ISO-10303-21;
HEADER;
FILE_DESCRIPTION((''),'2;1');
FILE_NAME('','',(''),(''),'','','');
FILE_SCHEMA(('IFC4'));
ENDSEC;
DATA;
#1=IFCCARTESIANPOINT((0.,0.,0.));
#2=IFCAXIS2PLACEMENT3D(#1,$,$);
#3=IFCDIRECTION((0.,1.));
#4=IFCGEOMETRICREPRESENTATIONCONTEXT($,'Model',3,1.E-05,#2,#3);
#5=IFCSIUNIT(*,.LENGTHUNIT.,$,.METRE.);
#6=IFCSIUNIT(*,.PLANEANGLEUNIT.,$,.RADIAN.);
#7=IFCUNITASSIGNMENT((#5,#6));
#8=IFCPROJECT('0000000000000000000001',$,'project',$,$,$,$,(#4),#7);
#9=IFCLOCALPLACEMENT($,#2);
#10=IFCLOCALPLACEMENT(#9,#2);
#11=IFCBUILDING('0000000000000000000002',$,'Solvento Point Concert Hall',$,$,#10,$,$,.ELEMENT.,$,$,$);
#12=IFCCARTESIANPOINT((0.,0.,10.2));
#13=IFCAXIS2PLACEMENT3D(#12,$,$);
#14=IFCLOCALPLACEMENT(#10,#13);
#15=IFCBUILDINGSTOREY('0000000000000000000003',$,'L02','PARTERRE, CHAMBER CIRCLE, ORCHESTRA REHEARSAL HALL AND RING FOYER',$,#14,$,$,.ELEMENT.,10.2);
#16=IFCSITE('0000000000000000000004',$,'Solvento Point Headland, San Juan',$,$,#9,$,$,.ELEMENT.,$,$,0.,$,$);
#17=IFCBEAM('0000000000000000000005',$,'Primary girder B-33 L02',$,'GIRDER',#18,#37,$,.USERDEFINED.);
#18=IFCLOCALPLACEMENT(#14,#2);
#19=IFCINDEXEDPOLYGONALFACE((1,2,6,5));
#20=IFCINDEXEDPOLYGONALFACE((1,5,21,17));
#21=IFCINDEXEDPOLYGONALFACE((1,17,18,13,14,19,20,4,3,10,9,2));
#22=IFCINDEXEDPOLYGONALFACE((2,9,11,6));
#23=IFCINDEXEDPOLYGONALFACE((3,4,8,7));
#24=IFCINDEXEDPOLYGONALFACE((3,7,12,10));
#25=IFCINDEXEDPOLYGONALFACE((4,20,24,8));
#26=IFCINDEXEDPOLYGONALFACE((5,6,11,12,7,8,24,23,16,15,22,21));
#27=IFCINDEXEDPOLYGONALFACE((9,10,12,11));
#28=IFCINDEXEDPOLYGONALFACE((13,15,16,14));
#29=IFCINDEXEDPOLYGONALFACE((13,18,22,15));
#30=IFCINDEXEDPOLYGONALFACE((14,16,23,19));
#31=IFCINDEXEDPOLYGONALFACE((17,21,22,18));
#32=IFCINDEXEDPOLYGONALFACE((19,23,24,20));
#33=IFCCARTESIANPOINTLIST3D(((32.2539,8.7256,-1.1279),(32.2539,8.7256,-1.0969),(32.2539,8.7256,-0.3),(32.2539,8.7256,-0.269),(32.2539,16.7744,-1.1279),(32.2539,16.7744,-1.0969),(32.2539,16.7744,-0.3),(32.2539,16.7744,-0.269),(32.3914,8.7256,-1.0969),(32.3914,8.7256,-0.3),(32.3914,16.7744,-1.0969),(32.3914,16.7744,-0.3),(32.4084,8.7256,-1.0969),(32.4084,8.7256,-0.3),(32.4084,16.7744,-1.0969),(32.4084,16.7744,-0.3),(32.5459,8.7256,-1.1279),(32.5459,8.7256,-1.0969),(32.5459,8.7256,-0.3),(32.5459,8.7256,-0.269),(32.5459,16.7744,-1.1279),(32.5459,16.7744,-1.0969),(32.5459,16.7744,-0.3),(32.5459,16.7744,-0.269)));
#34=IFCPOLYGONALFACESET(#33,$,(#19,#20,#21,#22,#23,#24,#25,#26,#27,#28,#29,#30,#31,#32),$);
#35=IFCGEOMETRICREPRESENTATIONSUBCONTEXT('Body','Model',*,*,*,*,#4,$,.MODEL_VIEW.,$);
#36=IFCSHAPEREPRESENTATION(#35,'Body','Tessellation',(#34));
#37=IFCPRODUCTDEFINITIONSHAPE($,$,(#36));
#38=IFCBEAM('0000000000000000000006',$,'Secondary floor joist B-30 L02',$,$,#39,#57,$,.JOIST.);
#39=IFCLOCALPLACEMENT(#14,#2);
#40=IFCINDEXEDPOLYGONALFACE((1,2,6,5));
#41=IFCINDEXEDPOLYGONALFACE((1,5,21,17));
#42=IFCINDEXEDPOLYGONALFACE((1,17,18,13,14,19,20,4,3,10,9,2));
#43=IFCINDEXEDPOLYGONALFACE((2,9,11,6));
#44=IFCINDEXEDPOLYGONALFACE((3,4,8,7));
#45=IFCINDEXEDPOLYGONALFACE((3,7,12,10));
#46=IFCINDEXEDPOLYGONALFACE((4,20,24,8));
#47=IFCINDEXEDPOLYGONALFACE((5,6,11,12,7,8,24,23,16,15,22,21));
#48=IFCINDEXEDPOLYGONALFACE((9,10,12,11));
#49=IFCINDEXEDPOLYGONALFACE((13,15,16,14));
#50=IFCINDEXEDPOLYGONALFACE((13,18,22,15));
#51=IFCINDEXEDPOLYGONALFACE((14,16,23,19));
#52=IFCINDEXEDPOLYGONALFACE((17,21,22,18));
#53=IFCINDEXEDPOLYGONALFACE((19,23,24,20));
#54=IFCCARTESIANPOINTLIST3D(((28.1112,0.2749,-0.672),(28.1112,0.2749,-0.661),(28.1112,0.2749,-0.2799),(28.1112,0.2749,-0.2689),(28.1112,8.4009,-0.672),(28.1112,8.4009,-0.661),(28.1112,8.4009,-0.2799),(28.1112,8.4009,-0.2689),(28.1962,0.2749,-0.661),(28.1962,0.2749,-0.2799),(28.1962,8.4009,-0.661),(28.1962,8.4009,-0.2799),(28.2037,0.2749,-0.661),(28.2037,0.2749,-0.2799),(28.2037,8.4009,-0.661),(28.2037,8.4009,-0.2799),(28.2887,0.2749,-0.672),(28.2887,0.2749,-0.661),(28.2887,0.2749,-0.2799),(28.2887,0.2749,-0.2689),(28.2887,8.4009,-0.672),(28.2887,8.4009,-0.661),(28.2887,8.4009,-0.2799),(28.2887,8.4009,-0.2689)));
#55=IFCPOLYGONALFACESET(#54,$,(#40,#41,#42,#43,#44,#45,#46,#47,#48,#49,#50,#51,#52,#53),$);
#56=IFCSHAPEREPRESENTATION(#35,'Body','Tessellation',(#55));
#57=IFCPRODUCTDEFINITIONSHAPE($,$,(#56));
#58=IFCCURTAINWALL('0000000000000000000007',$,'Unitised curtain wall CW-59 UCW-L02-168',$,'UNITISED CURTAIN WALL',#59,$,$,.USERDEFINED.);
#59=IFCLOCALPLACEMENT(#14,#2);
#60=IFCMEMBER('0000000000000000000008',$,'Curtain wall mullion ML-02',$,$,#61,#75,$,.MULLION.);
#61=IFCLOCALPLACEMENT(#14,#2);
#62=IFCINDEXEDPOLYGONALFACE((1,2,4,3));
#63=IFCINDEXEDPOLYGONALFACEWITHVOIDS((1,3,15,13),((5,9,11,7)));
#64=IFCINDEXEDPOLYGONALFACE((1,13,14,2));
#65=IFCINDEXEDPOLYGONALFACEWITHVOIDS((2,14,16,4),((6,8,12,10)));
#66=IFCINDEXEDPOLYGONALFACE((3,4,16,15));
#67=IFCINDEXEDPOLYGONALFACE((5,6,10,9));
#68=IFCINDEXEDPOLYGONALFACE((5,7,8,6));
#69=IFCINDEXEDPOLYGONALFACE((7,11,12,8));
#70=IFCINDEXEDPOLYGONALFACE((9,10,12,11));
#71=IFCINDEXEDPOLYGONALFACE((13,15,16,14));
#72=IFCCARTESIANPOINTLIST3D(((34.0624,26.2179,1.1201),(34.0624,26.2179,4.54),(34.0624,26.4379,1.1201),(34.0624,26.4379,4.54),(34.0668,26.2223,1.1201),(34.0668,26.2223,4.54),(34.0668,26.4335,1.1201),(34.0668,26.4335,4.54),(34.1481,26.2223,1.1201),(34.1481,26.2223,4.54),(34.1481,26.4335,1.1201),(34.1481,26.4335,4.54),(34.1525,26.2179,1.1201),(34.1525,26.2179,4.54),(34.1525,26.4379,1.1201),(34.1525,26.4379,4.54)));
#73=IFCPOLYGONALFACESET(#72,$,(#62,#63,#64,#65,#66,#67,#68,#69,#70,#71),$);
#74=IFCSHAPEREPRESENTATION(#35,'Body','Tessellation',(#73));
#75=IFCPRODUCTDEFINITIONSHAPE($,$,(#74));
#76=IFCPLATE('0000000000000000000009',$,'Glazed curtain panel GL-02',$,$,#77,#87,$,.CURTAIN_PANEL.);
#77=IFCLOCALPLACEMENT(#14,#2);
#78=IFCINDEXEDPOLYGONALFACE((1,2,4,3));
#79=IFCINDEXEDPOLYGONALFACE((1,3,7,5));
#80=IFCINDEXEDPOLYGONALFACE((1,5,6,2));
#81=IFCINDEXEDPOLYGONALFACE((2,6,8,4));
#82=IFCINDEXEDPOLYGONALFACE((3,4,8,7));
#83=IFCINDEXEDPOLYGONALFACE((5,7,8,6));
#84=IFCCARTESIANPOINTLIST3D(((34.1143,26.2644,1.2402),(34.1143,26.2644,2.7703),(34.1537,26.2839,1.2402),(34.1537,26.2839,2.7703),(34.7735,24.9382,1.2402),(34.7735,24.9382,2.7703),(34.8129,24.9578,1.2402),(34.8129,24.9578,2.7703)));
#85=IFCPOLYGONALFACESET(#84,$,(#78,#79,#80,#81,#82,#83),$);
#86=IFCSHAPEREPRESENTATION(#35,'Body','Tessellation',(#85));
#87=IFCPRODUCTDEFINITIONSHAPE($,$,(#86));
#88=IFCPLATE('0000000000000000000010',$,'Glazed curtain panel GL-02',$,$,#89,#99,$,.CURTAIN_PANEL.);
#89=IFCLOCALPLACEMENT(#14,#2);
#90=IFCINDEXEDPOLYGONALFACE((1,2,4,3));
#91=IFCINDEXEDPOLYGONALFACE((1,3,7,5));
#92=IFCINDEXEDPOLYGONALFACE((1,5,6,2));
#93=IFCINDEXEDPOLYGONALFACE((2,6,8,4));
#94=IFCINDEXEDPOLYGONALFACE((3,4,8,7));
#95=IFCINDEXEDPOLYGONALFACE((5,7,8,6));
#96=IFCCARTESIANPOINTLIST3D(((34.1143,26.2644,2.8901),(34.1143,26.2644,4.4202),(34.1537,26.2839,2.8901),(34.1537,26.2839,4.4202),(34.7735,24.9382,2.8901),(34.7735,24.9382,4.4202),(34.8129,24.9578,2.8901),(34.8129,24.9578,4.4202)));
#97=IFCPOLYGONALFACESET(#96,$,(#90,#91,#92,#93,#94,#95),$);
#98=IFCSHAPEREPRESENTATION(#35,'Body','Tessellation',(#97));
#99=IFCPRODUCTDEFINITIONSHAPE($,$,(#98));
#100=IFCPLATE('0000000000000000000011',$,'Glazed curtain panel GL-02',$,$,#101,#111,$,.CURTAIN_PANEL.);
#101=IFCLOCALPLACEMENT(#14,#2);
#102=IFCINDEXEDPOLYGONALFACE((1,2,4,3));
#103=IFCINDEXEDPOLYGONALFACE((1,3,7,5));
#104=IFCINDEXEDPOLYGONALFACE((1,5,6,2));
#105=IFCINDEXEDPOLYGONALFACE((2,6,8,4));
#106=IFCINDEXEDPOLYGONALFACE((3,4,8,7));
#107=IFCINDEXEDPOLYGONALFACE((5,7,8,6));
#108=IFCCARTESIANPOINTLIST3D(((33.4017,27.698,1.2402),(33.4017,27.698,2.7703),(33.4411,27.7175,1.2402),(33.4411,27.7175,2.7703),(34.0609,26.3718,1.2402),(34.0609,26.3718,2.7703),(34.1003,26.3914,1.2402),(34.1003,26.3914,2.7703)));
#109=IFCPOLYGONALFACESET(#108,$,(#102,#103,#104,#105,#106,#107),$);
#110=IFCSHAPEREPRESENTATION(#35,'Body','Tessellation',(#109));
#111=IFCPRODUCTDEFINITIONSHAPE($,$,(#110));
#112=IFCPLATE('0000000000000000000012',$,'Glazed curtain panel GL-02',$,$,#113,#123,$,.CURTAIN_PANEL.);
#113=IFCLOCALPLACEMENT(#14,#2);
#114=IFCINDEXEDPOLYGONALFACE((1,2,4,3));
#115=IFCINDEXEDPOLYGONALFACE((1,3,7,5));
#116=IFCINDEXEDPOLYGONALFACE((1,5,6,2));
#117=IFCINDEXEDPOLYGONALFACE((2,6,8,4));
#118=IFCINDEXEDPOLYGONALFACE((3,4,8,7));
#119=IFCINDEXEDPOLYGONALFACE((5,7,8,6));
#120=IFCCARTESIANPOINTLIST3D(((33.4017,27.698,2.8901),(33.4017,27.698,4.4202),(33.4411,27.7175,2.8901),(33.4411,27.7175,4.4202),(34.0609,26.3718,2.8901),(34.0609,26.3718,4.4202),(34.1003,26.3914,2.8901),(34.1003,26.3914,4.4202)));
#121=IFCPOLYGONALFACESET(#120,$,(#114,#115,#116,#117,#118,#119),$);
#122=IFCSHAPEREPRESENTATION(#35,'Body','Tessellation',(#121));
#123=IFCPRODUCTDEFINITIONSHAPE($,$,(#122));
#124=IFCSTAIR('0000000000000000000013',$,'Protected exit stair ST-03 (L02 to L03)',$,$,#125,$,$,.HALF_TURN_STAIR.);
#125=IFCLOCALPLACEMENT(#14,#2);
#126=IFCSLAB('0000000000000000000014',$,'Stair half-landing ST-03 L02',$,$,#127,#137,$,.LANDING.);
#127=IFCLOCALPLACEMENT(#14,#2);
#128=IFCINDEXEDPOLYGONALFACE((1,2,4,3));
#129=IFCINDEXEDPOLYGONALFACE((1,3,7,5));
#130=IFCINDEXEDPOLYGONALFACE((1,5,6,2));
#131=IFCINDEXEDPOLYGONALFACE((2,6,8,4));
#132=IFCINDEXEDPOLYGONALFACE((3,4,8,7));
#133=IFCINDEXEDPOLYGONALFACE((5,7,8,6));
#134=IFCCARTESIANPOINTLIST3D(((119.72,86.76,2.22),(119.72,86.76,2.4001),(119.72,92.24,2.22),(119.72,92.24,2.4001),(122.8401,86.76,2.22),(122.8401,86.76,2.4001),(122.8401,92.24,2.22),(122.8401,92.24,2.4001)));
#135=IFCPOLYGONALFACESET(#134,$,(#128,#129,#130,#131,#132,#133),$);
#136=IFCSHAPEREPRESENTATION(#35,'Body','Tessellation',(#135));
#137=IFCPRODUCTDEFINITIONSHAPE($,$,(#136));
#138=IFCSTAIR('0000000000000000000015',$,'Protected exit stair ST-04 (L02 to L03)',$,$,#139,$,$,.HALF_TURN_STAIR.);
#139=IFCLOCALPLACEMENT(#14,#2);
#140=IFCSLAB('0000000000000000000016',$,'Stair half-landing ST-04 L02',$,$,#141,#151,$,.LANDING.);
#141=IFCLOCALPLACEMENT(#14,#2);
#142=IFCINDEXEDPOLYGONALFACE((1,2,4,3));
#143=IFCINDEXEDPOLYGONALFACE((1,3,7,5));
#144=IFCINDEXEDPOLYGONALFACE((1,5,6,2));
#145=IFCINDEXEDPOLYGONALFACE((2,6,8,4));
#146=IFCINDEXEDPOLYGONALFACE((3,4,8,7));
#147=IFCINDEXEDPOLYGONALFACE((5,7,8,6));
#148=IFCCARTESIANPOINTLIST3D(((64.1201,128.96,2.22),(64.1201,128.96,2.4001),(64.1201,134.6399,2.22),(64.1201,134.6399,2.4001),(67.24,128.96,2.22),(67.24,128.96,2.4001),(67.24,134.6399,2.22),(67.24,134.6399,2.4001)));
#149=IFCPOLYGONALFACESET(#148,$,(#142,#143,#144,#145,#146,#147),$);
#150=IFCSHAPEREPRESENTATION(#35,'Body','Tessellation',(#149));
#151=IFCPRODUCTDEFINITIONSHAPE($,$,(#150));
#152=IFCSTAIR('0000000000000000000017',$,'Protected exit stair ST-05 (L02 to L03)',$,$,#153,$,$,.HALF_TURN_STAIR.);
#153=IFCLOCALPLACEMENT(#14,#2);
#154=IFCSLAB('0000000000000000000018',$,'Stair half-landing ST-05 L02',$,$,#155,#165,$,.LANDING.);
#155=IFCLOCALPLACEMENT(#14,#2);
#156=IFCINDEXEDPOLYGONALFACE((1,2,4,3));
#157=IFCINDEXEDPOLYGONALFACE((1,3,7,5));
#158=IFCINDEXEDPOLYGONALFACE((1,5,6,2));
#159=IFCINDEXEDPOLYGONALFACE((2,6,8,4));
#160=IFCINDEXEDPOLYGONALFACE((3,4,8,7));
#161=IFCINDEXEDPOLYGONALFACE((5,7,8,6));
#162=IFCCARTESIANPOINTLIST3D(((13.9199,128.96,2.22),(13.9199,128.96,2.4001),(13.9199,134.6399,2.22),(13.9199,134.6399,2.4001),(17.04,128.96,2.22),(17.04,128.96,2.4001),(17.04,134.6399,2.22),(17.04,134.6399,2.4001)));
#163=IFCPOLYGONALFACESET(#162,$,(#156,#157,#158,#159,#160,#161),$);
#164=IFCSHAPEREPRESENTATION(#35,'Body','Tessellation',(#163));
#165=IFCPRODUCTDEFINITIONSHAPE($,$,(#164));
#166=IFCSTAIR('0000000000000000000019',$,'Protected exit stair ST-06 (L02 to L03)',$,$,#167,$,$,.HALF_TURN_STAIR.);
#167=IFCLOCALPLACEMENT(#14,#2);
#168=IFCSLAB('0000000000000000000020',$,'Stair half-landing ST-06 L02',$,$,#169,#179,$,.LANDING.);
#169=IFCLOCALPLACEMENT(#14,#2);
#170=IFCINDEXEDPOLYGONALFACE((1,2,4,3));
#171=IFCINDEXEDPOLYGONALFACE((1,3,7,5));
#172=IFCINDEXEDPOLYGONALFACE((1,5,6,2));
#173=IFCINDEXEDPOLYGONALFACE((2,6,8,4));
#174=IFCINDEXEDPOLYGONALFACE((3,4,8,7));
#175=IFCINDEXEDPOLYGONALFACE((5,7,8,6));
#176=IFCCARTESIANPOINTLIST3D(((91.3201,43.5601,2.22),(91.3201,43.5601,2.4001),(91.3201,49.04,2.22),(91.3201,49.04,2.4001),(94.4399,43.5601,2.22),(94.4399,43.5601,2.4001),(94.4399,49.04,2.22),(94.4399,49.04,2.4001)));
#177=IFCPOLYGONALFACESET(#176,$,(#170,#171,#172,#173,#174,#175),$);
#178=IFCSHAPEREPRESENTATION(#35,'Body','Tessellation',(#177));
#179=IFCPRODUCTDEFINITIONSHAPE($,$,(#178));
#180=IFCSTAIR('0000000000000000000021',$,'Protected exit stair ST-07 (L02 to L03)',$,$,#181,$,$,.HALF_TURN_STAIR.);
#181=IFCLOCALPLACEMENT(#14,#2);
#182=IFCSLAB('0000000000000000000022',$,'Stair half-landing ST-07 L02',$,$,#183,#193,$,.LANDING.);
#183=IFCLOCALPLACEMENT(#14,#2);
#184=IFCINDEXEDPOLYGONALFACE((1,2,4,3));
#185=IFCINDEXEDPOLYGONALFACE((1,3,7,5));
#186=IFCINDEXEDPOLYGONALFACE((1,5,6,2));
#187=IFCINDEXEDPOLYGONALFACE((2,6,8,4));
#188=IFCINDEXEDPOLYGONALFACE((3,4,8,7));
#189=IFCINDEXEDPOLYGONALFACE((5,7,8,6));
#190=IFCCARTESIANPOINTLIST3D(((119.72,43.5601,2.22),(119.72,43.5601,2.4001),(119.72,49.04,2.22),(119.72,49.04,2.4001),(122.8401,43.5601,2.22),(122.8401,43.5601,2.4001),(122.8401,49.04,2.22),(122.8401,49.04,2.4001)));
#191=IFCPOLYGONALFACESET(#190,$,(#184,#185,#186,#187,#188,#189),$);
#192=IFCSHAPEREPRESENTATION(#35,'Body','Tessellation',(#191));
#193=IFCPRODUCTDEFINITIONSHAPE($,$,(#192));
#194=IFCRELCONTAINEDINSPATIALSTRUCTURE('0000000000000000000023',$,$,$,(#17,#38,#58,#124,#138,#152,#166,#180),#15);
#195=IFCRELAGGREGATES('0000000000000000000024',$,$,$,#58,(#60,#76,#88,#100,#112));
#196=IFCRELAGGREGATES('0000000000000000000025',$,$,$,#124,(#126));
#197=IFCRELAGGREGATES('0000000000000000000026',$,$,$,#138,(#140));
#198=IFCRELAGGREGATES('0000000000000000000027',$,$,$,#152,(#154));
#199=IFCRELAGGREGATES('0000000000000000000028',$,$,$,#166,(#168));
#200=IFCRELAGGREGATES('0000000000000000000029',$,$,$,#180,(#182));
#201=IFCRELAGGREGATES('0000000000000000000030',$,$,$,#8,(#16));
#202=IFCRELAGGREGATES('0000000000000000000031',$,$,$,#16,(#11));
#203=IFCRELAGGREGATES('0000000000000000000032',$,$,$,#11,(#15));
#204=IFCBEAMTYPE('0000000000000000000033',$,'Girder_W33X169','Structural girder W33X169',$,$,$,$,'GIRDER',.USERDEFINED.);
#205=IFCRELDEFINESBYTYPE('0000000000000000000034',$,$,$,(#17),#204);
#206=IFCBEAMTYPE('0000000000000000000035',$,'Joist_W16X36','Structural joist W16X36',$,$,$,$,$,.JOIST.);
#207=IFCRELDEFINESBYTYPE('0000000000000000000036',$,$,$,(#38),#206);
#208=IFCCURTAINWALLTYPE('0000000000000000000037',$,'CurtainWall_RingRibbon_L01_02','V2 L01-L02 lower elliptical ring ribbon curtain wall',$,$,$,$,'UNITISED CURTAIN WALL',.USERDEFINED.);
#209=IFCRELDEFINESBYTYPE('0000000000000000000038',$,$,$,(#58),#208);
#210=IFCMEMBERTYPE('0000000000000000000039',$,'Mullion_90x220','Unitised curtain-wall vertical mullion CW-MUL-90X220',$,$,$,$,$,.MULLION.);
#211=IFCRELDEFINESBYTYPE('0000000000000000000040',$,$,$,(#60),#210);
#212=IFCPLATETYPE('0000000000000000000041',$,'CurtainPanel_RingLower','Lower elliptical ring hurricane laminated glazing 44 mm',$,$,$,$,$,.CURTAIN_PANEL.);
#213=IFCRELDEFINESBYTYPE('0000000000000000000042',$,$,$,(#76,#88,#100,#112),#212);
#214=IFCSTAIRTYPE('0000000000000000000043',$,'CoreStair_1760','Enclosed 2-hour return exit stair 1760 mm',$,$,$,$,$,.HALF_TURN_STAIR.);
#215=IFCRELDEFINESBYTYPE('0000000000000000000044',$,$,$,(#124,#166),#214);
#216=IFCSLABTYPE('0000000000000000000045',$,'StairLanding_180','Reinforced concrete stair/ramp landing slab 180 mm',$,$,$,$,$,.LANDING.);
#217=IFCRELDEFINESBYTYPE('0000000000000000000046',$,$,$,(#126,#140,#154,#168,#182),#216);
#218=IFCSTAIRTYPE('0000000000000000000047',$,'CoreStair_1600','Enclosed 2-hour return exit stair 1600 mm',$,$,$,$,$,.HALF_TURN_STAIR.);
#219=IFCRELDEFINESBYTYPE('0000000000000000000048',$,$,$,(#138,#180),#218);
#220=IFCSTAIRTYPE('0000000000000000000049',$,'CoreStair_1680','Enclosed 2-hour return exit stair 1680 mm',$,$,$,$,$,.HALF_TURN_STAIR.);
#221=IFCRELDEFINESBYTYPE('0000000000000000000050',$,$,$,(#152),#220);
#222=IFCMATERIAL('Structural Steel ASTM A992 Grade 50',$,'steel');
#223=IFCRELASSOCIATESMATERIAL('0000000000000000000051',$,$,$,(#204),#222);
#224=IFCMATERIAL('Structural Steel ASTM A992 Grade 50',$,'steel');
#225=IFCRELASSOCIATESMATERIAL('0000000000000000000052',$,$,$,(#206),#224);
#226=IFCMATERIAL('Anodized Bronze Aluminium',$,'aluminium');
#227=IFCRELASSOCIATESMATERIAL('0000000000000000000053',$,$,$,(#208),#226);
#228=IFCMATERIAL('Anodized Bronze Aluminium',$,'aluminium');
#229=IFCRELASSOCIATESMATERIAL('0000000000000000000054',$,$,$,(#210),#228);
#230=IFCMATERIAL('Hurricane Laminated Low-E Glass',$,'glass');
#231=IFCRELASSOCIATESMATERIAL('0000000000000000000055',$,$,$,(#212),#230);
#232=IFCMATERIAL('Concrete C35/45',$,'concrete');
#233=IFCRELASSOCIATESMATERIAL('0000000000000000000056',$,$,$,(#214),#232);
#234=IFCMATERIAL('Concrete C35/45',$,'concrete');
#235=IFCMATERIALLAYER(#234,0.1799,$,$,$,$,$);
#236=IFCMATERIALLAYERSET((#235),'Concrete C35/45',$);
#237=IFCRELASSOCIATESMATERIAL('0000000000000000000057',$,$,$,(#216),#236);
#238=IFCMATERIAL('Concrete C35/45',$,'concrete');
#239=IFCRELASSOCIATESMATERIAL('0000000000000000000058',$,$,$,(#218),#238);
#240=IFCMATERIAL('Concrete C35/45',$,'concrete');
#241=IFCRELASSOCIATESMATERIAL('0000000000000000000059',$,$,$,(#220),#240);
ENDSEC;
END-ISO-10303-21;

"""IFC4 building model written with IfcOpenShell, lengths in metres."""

from ifc_helpers import new_model, si_unit, direction, frame, origin, origin_2d, place, context, subcontext, project, spatial, polyline, rectangle, hollow_rectangle, i_section, outline, extrude, material, layer, layer_set, material_profile, profile_set, type_object, element, aggregate, save


model = new_model("IFC4")

# Units and contexts
model_context = context("Model", 3, precision=1e-05, world=origin(), true_north=direction((0.0, 1.0)))
body_context = subcontext(model_context, "Body", "Model", "MODEL_VIEW")
ifc_project = project(units=[si_unit("LENGTHUNIT", "METRE"), si_unit("PLANEANGLEUNIT", "RADIAN")], contexts=[model_context])

# Site, building, storey
site_placement = place(None, origin())
site = spatial("IfcSite", under=ifc_project, at=site_placement, Name="Solvento Point Headland, San Juan", CompositionType="ELEMENT", RefElevation=0.0)
building_placement = place(site_placement, origin())
building = spatial("IfcBuilding", under=site, at=building_placement, Name="Solvento Point Concert Hall", CompositionType="ELEMENT")
storey_placement = place(building_placement, frame((0.0, 0.0, 10.2)))
storey = spatial("IfcBuildingStorey", under=building, at=storey_placement, Name="L02", Description="PARTERRE, CHAMBER CIRCLE, ORCHESTRA REHEARSAL HALL AND RING FOYER", CompositionType="ELEMENT", Elevation=10.2)

# Beams
ifc_material_1 = material(Name="Structural Steel ASTM A992 Grade 50", Category="steel")
ifc_material_profile_1 = material_profile(ifc_material_1, i_section(OverallWidth=0.292, OverallDepth=0.8589, WebThickness=0.0171, FlangeThickness=0.031, at=origin_2d()), Name="W33X169")
ifc_profile_set_1 = profile_set([ifc_material_profile_1], Name="Structural Steel ASTM A992 Grade 50")
beam_type_1 = type_object("IfcBeamType", Name="Girder_W33X169", Description="Structural girder W33X169", ElementType="GIRDER", PredefinedType="USERDEFINED", material=ifc_profile_set_1)
beam_1_placement = place(storey_placement, frame((32.3999, 8.7256, -0.6985), z_axis=(0.0, 1.0, 0.0), x_axis=(-1.0, 0.0, 0.0)))
element("IfcBeam", 1, at=beam_1_placement, inside=storey, type_object=beam_type_1, Name="Primary girder B-33 L02", ObjectType="GIRDER", PredefinedType="USERDEFINED", context=body_context, shape_type="SweptSolid", body=[
    extrude(i_section(OverallWidth=0.292, OverallDepth=0.8589, WebThickness=0.0171, FlangeThickness=0.031, at=origin_2d()), origin(), (0.0, 0.0, 1.0), 8.0488),
])
ifc_material_2 = material(Name="Structural Steel ASTM A992 Grade 50", Category="steel")
ifc_material_profile_2 = material_profile(ifc_material_2, i_section(OverallWidth=0.1775, OverallDepth=0.4031, WebThickness=0.0076, FlangeThickness=0.011, at=origin_2d()), Name="W16X36")
ifc_profile_set_2 = profile_set([ifc_material_profile_2], Name="Structural Steel ASTM A992 Grade 50")
beam_type_2 = type_object("IfcBeamType", Name="Joist_W16X36", Description="Structural joist W16X36", PredefinedType="JOIST", material=ifc_profile_set_2)
beam_2_placement = place(storey_placement, frame((28.2, 0.2749, -0.4705), z_axis=(0.0, 1.0, 0.0), x_axis=(-1.0, 0.0, 0.0)))
element("IfcBeam", 2, at=beam_2_placement, inside=storey, type_object=beam_type_2, Name="Secondary floor joist B-30 L02", PredefinedType="JOIST", context=body_context, shape_type="SweptSolid", body=[
    extrude(i_section(OverallWidth=0.1775, OverallDepth=0.4031, WebThickness=0.0076, FlangeThickness=0.011, at=origin_2d()), origin(), (0.0, 0.0, 1.0), 8.126),
])

# Curtain wall, member, plates
ifc_material_3 = material(Name="Anodized Bronze Aluminium", Category="aluminium")
curtain_wall_type = type_object("IfcCurtainWallType", Name="CurtainWall_RingRibbon_L01_02", Description="V2 L01-L02 lower elliptical ring ribbon curtain wall", ElementType="UNITISED CURTAIN WALL", PredefinedType="USERDEFINED", material=ifc_material_3)
curtain_wall_placement = place(storey_placement, origin())
curtain_wall = element("IfcCurtainWall", 3, at=curtain_wall_placement, inside=storey, type_object=curtain_wall_type, Name="Unitised curtain wall CW-59 UCW-L02-168", ObjectType="UNITISED CURTAIN WALL", PredefinedType="USERDEFINED")
ifc_material_4 = material(Name="Anodized Bronze Aluminium", Category="aluminium")
ifc_material_profile_3 = material_profile(ifc_material_4, hollow_rectangle(XDim=0.0901, YDim=0.22, WallThickness=0.0044, at=origin_2d()), Name="CW-MUL-90X220")
ifc_profile_set_3 = profile_set([ifc_material_profile_3], Name="Anodized Bronze Aluminium")
member_type = type_object("IfcMemberType", Name="Mullion_90x220", Description="Unitised curtain-wall vertical mullion CW-MUL-90X220", PredefinedType="MULLION", material=ifc_profile_set_3)
member_placement = place(storey_placement, frame((34.1074, 26.3279, 1.1201), z_axis=(0.0, 0.0, 1.0), x_axis=(1.0, 0.0, 0.0)))
member = element("IfcMember", 4, at=member_placement, type_object=member_type, Name="Curtain wall mullion ML-02", PredefinedType="MULLION", context=body_context, shape_type="SweptSolid", body=[
    extrude(hollow_rectangle(XDim=0.0901, YDim=0.22, WallThickness=0.0044, at=origin_2d()), origin(), (0.0, 0.0, 1.0), 3.4199),
])
ifc_material_5 = material(Name="Hurricane Laminated Low-E Glass", Category="glass")
plate_type = type_object("IfcPlateType", Name="CurtainPanel_RingLower", Description="Lower elliptical ring hurricane laminated glazing 44 mm", PredefinedType="CURTAIN_PANEL", material=ifc_material_5)
plate_1_placement = place(storey_placement, frame((34.4636, 25.6111, 1.2402), z_axis=(0.0, 0.0, 1.0), x_axis=(-0.445115, 0.895473, 0.0)))
plate_1 = element("IfcPlate", 5, at=plate_1_placement, type_object=plate_type, Name="Glazed curtain panel GL-02", PredefinedType="CURTAIN_PANEL", context=body_context, shape_type="SweptSolid", body=[
    extrude(rectangle(XDim=1.481, YDim=0.0439, at=origin_2d()), origin(), (0.0, 0.0, 1.0), 1.53),
])
plate_2_placement = place(storey_placement, frame((34.4636, 25.6111, 2.8901), z_axis=(0.0, 0.0, 1.0), x_axis=(-0.445115, 0.895473, 0.0)))
plate_2 = element("IfcPlate", 6, at=plate_2_placement, type_object=plate_type, Name="Glazed curtain panel GL-02", PredefinedType="CURTAIN_PANEL", context=body_context, shape_type="SweptSolid", body=[
    extrude(rectangle(XDim=1.481, YDim=0.0439, at=origin_2d()), origin(), (0.0, 0.0, 1.0), 1.53),
])
plate_3_placement = place(storey_placement, frame((33.751, 27.0447, 1.2402), z_axis=(0.0, 0.0, 1.0), x_axis=(-0.445115, 0.895473, 0.0)))
plate_3 = element("IfcPlate", 7, at=plate_3_placement, type_object=plate_type, Name="Glazed curtain panel GL-02", PredefinedType="CURTAIN_PANEL", context=body_context, shape_type="SweptSolid", body=[
    extrude(rectangle(XDim=1.481, YDim=0.0439, at=origin_2d()), origin(), (0.0, 0.0, 1.0), 1.53),
])
plate_4_placement = place(storey_placement, frame((33.751, 27.0447, 2.8901), z_axis=(0.0, 0.0, 1.0), x_axis=(-0.445115, 0.895473, 0.0)))
plate_4 = element("IfcPlate", 8, at=plate_4_placement, type_object=plate_type, Name="Glazed curtain panel GL-02", PredefinedType="CURTAIN_PANEL", context=body_context, shape_type="SweptSolid", body=[
    extrude(rectangle(XDim=1.481, YDim=0.0439, at=origin_2d()), origin(), (0.0, 0.0, 1.0), 1.53),
])
aggregate(curtain_wall, [member, plate_1, plate_2, plate_3, plate_4])

# Stairs, slabs
ifc_material_6 = material(Name="Concrete C35/45", Category="concrete")
stair_type_1 = type_object("IfcStairType", Name="CoreStair_1760", Description="Enclosed 2-hour return exit stair 1760 mm", PredefinedType="HALF_TURN_STAIR", material=ifc_material_6)
stair_1_placement = place(storey_placement, origin())
stair_1 = element("IfcStair", 9, at=stair_1_placement, inside=storey, type_object=stair_type_1, Name="Protected exit stair ST-03 (L02 to L03)", PredefinedType="HALF_TURN_STAIR")
ifc_material_7 = material(Name="Concrete C35/45", Category="concrete")
ifc_layer_1 = layer(ifc_material_7, 0.1799)
ifc_layer_set_1 = layer_set([ifc_layer_1], Name="Concrete C35/45")
slab_type = type_object("IfcSlabType", Name="StairLanding_180", Description="Reinforced concrete stair/ramp landing slab 180 mm", PredefinedType="LANDING", material=ifc_layer_set_1)
slab_1_placement = place(storey_placement, frame((0.0, 0.0, 2.22)))
slab_1 = element("IfcSlab", 10, at=slab_1_placement, type_object=slab_type, Name="Stair half-landing ST-03 L02", PredefinedType="LANDING", context=body_context, shape_type="SweptSolid", body=[
    extrude(outline(polyline([(119.72, 86.76), (122.8401, 86.76), (122.8401, 92.24), (119.72, 92.24), (119.72, 86.76)])), origin(), (0.0, 0.0, 1.0), 0.1802),
])
aggregate(stair_1, [slab_1])
ifc_material_8 = material(Name="Concrete C35/45", Category="concrete")
stair_type_2 = type_object("IfcStairType", Name="CoreStair_1600", Description="Enclosed 2-hour return exit stair 1600 mm", PredefinedType="HALF_TURN_STAIR", material=ifc_material_8)
stair_2_placement = place(storey_placement, origin())
stair_2 = element("IfcStair", 11, at=stair_2_placement, inside=storey, type_object=stair_type_2, Name="Protected exit stair ST-04 (L02 to L03)", PredefinedType="HALF_TURN_STAIR")
slab_2_placement = place(storey_placement, frame((0.0, 0.0, 2.22)))
slab_2 = element("IfcSlab", 12, at=slab_2_placement, type_object=slab_type, Name="Stair half-landing ST-04 L02", PredefinedType="LANDING", context=body_context, shape_type="SweptSolid", body=[
    extrude(outline(polyline([(64.1201, 128.96), (67.24, 128.96), (67.24, 134.6399), (64.1201, 134.6399), (64.1201, 128.96)])), origin(), (0.0, 0.0, 1.0), 0.1802),
])
aggregate(stair_2, [slab_2])
ifc_material_9 = material(Name="Concrete C35/45", Category="concrete")
stair_type_3 = type_object("IfcStairType", Name="CoreStair_1680", Description="Enclosed 2-hour return exit stair 1680 mm", PredefinedType="HALF_TURN_STAIR", material=ifc_material_9)
stair_3_placement = place(storey_placement, origin())
stair_3 = element("IfcStair", 13, at=stair_3_placement, inside=storey, type_object=stair_type_3, Name="Protected exit stair ST-05 (L02 to L03)", PredefinedType="HALF_TURN_STAIR")
slab_3_placement = place(storey_placement, frame((0.0, 0.0, 2.22)))
slab_3 = element("IfcSlab", 14, at=slab_3_placement, type_object=slab_type, Name="Stair half-landing ST-05 L02", PredefinedType="LANDING", context=body_context, shape_type="SweptSolid", body=[
    extrude(outline(polyline([(13.9199, 128.96), (17.04, 128.96), (17.04, 134.6399), (13.9199, 134.6399), (13.9199, 128.96)])), origin(), (0.0, 0.0, 1.0), 0.1802),
])
aggregate(stair_3, [slab_3])
stair_4_placement = place(storey_placement, origin())
stair_4 = element("IfcStair", 15, at=stair_4_placement, inside=storey, type_object=stair_type_1, Name="Protected exit stair ST-06 (L02 to L03)", PredefinedType="HALF_TURN_STAIR")
slab_4_placement = place(storey_placement, frame((0.0, 0.0, 2.22)))
slab_4 = element("IfcSlab", 16, at=slab_4_placement, type_object=slab_type, Name="Stair half-landing ST-06 L02", PredefinedType="LANDING", context=body_context, shape_type="SweptSolid", body=[
    extrude(outline(polyline([(91.3201, 43.5601), (94.4399, 43.5601), (94.4399, 49.04), (91.3201, 49.04), (91.3201, 43.5601)])), origin(), (0.0, 0.0, 1.0), 0.1802),
])
aggregate(stair_4, [slab_4])
stair_5_placement = place(storey_placement, origin())
stair_5 = element("IfcStair", 17, at=stair_5_placement, inside=storey, type_object=stair_type_2, Name="Protected exit stair ST-07 (L02 to L03)", PredefinedType="HALF_TURN_STAIR")
slab_5_placement = place(storey_placement, frame((0.0, 0.0, 2.22)))
slab_5 = element("IfcSlab", 18, at=slab_5_placement, type_object=slab_type, Name="Stair half-landing ST-07 L02", PredefinedType="LANDING", context=body_context, shape_type="SweptSolid", body=[
    extrude(outline(polyline([(119.72, 43.5601), (122.8401, 43.5601), (122.8401, 49.04), (119.72, 49.04), (119.72, 43.5601)])), origin(), (0.0, 0.0, 1.0), 0.1802),
])
aggregate(stair_5, [slab_5])

save(model, "model.ifc")
